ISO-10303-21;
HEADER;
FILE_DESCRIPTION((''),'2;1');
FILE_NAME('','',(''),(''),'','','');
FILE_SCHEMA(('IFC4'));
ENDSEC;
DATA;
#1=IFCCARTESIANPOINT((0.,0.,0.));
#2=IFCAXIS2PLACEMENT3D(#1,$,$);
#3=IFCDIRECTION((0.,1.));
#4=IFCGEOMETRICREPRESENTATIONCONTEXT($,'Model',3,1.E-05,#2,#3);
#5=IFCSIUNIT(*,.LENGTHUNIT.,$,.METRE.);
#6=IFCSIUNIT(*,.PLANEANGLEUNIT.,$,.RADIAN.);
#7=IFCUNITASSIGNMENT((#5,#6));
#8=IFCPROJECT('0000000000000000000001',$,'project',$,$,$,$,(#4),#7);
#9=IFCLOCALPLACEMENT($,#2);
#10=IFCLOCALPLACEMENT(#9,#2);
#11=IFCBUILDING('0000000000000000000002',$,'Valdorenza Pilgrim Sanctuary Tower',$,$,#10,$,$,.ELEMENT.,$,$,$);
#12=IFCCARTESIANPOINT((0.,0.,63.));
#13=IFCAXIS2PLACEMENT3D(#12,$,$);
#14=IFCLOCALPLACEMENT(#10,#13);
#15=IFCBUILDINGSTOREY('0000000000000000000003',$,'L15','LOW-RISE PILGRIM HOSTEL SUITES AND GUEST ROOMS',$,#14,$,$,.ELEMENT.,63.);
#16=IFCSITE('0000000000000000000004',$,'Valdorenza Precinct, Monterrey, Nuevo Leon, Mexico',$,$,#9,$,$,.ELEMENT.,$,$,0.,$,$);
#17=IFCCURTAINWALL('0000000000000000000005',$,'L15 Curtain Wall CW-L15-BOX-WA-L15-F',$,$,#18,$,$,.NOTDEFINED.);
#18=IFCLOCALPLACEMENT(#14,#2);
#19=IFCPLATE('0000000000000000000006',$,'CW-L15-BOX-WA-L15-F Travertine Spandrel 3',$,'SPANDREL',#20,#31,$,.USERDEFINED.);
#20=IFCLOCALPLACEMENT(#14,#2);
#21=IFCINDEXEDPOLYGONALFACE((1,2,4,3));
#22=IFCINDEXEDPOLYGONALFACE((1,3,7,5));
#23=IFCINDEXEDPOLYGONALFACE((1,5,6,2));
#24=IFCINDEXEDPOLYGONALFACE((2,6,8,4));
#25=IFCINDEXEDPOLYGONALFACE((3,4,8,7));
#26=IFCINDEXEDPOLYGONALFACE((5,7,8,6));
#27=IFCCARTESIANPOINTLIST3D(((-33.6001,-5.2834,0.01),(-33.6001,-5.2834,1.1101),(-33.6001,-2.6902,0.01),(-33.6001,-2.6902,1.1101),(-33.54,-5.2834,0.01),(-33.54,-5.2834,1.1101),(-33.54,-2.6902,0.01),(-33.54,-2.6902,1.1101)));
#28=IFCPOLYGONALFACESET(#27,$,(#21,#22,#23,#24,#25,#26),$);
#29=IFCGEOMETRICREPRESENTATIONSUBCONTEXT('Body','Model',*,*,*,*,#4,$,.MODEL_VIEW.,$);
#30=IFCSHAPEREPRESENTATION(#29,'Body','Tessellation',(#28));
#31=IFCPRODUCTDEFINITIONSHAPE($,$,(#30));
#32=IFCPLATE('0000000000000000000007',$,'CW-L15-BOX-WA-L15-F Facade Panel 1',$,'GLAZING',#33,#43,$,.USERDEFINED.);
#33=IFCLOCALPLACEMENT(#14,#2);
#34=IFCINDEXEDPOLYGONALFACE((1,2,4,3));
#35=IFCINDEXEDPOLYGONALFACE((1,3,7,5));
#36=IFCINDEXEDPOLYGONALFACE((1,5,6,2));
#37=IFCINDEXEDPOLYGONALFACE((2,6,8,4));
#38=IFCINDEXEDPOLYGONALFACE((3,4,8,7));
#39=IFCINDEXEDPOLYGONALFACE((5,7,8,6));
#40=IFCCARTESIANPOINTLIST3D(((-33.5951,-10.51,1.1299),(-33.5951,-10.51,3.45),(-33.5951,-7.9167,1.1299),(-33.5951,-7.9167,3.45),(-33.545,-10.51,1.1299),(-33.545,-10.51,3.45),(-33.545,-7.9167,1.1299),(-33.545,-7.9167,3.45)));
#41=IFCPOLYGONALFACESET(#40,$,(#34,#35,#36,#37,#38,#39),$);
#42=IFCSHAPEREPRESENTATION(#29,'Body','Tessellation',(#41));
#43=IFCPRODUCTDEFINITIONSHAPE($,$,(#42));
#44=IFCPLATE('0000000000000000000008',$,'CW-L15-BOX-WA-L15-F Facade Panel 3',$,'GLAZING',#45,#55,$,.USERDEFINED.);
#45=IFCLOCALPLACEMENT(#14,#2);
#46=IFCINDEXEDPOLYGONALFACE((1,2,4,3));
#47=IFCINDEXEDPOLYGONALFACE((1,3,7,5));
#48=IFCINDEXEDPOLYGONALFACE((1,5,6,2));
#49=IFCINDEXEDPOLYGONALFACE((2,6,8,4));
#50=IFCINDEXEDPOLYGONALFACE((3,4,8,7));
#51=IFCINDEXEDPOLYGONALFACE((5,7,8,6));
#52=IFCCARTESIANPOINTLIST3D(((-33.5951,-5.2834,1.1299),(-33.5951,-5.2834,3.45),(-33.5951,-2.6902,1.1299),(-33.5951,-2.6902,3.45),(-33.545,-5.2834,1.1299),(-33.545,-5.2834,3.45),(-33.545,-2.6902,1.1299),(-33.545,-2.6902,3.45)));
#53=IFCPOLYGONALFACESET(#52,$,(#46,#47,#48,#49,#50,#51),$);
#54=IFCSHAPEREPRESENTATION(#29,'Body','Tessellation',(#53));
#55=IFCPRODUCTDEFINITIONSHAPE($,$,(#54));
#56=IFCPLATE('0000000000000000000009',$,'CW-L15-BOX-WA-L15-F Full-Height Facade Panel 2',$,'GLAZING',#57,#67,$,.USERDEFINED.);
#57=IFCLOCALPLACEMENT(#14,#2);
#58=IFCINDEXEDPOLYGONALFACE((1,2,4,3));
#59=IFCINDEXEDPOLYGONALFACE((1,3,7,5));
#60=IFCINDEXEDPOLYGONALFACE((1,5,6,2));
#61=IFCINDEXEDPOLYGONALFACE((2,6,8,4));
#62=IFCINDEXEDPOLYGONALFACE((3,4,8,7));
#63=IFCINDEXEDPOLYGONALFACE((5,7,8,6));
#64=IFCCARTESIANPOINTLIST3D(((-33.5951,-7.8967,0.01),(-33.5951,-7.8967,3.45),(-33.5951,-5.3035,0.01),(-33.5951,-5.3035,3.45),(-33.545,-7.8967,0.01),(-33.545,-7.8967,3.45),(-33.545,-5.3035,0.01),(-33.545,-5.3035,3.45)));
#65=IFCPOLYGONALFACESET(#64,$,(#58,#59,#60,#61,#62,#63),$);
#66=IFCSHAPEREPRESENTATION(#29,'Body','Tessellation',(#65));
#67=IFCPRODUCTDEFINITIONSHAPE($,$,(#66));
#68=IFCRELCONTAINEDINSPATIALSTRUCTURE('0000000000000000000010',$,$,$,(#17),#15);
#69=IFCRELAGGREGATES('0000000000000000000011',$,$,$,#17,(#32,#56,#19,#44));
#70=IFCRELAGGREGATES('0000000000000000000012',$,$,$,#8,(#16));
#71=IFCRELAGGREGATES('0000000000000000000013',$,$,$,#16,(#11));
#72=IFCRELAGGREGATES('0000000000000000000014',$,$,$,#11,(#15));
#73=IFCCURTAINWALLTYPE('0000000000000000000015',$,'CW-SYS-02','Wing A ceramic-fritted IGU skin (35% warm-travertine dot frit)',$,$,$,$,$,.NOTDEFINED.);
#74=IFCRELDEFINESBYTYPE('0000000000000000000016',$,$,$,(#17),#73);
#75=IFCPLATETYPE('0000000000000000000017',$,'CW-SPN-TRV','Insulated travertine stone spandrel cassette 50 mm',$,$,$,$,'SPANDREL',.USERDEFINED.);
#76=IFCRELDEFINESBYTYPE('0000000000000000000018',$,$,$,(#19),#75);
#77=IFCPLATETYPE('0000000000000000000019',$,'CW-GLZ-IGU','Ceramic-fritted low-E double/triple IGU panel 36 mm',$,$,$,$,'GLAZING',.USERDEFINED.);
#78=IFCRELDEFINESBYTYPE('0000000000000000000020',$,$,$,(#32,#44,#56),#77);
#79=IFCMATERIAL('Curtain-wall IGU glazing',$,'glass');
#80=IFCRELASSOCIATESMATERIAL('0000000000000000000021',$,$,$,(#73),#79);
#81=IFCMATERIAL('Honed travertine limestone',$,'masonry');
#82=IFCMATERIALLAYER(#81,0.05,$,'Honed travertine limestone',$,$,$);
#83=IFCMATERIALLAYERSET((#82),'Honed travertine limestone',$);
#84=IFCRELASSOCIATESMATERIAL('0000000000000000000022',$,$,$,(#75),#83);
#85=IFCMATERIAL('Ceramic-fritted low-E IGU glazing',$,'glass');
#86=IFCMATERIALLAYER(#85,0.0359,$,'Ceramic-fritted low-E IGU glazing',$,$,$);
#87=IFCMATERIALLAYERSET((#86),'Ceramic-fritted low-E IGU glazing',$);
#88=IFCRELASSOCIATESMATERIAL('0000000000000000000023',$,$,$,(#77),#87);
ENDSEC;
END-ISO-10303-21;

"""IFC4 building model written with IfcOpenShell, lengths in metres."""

from ifc_helpers import new_model, si_unit, direction, frame, origin, origin_2d, place, context, subcontext, project, spatial, rectangle, extrude, source, transform, mapped, material, layer, layer_set, type_object, element, aggregate, save


model = new_model("IFC4")

# Units and contexts
model_context = context("Model", 3, precision=1e-05, world=origin(), true_north=direction((0.0, 1.0)))
body_context = subcontext(model_context, "Body", "Model", "MODEL_VIEW")
ifc_project = project(units=[si_unit("LENGTHUNIT", "METRE"), si_unit("PLANEANGLEUNIT", "RADIAN")], contexts=[model_context])

# Site, building, storey
site_placement = place(None, origin())
site = spatial("IfcSite", under=ifc_project, at=site_placement, Name="Valdorenza Precinct, Monterrey, Nuevo Leon, Mexico", CompositionType="ELEMENT", RefElevation=0.0)
building_placement = place(site_placement, origin())
building = spatial("IfcBuilding", under=site, at=building_placement, Name="Valdorenza Pilgrim Sanctuary Tower", CompositionType="ELEMENT")
storey_placement = place(building_placement, frame((0.0, 0.0, 63.0)))
storey = spatial("IfcBuildingStorey", under=building, at=storey_placement, Name="L15", Description="LOW-RISE PILGRIM HOSTEL SUITES AND GUEST ROOMS", CompositionType="ELEMENT", Elevation=63.0)

# Shared definitions
ifc_material_1 = material(Name="Curtain-wall IGU glazing", Category="glass")
curtain_wall_type = type_object("IfcCurtainWallType", Name="CW-SYS-02", Description="Wing A ceramic-fritted IGU skin (35% warm-travertine dot frit)", PredefinedType="NOTDEFINED", material=ifc_material_1)

# Curtain wall
curtain_wall_1_placement = place(storey_placement, origin())
curtain_wall_1 = element("IfcCurtainWall", 1, at=curtain_wall_1_placement, inside=storey, type_object=curtain_wall_type, Name="L15 Curtain Wall CW-L15-BOX-WA-L15-F", PredefinedType="NOTDEFINED")

# Plates
ifc_material_2 = material(Name="Honed travertine limestone", Category="masonry")
ifc_layer_1 = layer(ifc_material_2, 0.05, Name="Honed travertine limestone")
ifc_layer_set_1 = layer_set([ifc_layer_1], Name="Honed travertine limestone")
plate_type_1 = type_object("IfcPlateType", Name="CW-SPN-TRV", Description="Insulated travertine stone spandrel cassette 50 mm", ElementType="SPANDREL", PredefinedType="USERDEFINED", material=ifc_layer_set_1)
ifc_material_3 = material(Name="Ceramic-fritted low-E IGU glazing", Category="glass")
ifc_layer_2 = layer(ifc_material_3, 0.0359, Name="Ceramic-fritted low-E IGU glazing")
ifc_layer_set_2 = layer_set([ifc_layer_2], Name="Ceramic-fritted low-E IGU glazing")
plate_type_2 = type_object("IfcPlateType", Name="CW-GLZ-IGU", Description="Ceramic-fritted low-E double/triple IGU panel 36 mm", ElementType="GLAZING", PredefinedType="USERDEFINED", material=ifc_layer_set_2)
shared_shape_1 = source(origin(), body_context, "Body", "SweptSolid", [
    extrude(rectangle(XDim=2.5933, YDim=0.0601, at=origin_2d()), origin(), (0.0, 0.0, 1.0), 1.1001),
])
plate_1_placement = place(storey_placement, frame((-33.5701, -3.9868, 0.01), z_axis=(0.0, 0.0, 1.0), x_axis=(0.0, 1.0, 0.0)))
plate_1 = element("IfcPlate", 2, at=plate_1_placement, type_object=plate_type_1, Name="CW-L15-BOX-WA-L15-F Travertine Spandrel 3", ObjectType="SPANDREL", PredefinedType="USERDEFINED", context=body_context, shape_type="MappedRepresentation", body=[
    mapped(shared_shape_1, transform((0.0, 0.0, 0.0), x_axis=(1.0, 0.0, 0.0), y_axis=(0.0, 1.0, 0.0), z_axis=(0.0, 0.0, 1.0), scale=1.0)),
])
shared_shape_2 = source(origin(), body_context, "Body", "SweptSolid", [
    extrude(rectangle(XDim=2.5933, YDim=0.05, at=origin_2d()), origin(), (0.0, 0.0, 1.0), 2.3201),
])
plate_2_placement = place(storey_placement, frame((-33.5701, -9.2134, 1.1299), z_axis=(0.0, 0.0, 1.0), x_axis=(0.0, 1.0, 0.0)))
plate_2 = element("IfcPlate", 3, at=plate_2_placement, type_object=plate_type_2, Name="CW-L15-BOX-WA-L15-F Facade Panel 1", ObjectType="GLAZING", PredefinedType="USERDEFINED", context=body_context, shape_type="MappedRepresentation", body=[
    mapped(shared_shape_2, transform((0.0, 0.0, 0.0), x_axis=(1.0, 0.0, 0.0), y_axis=(0.0, 1.0, 0.0), z_axis=(0.0, 0.0, 1.0), scale=1.0)),
])
plate_3_placement = place(storey_placement, frame((-33.5701, -3.9868, 1.1299), z_axis=(0.0, 0.0, 1.0), x_axis=(0.0, 1.0, 0.0)))
plate_3 = element("IfcPlate", 4, at=plate_3_placement, type_object=plate_type_2, Name="CW-L15-BOX-WA-L15-F Facade Panel 3", ObjectType="GLAZING", PredefinedType="USERDEFINED", context=body_context, shape_type="MappedRepresentation", body=[
    mapped(shared_shape_2, transform((0.0, 0.0, 0.0), x_axis=(1.0, 0.0, 0.0), y_axis=(0.0, 1.0, 0.0), z_axis=(0.0, 0.0, 1.0), scale=1.0)),
])
shared_shape_3 = source(origin(), body_context, "Body", "SweptSolid", [
    extrude(rectangle(XDim=2.5933, YDim=0.05, at=origin_2d()), origin(), (0.0, 0.0, 1.0), 3.4399),
])
plate_4_placement = place(storey_placement, frame((-33.5701, -6.6001, 0.01), z_axis=(0.0, 0.0, 1.0), x_axis=(0.0, 1.0, 0.0)))
plate_4 = element("IfcPlate", 5, at=plate_4_placement, type_object=plate_type_2, Name="CW-L15-BOX-WA-L15-F Full-Height Facade Panel 2", ObjectType="GLAZING", PredefinedType="USERDEFINED", context=body_context, shape_type="MappedRepresentation", body=[
    mapped(shared_shape_3, transform((0.0, 0.0, 0.0), x_axis=(1.0, 0.0, 0.0), y_axis=(0.0, 1.0, 0.0), z_axis=(0.0, 0.0, 1.0), scale=1.0)),
])
aggregate(curtain_wall_1, [plate_2, plate_4, plate_1, plate_3])

save(model, "model.ifc")
